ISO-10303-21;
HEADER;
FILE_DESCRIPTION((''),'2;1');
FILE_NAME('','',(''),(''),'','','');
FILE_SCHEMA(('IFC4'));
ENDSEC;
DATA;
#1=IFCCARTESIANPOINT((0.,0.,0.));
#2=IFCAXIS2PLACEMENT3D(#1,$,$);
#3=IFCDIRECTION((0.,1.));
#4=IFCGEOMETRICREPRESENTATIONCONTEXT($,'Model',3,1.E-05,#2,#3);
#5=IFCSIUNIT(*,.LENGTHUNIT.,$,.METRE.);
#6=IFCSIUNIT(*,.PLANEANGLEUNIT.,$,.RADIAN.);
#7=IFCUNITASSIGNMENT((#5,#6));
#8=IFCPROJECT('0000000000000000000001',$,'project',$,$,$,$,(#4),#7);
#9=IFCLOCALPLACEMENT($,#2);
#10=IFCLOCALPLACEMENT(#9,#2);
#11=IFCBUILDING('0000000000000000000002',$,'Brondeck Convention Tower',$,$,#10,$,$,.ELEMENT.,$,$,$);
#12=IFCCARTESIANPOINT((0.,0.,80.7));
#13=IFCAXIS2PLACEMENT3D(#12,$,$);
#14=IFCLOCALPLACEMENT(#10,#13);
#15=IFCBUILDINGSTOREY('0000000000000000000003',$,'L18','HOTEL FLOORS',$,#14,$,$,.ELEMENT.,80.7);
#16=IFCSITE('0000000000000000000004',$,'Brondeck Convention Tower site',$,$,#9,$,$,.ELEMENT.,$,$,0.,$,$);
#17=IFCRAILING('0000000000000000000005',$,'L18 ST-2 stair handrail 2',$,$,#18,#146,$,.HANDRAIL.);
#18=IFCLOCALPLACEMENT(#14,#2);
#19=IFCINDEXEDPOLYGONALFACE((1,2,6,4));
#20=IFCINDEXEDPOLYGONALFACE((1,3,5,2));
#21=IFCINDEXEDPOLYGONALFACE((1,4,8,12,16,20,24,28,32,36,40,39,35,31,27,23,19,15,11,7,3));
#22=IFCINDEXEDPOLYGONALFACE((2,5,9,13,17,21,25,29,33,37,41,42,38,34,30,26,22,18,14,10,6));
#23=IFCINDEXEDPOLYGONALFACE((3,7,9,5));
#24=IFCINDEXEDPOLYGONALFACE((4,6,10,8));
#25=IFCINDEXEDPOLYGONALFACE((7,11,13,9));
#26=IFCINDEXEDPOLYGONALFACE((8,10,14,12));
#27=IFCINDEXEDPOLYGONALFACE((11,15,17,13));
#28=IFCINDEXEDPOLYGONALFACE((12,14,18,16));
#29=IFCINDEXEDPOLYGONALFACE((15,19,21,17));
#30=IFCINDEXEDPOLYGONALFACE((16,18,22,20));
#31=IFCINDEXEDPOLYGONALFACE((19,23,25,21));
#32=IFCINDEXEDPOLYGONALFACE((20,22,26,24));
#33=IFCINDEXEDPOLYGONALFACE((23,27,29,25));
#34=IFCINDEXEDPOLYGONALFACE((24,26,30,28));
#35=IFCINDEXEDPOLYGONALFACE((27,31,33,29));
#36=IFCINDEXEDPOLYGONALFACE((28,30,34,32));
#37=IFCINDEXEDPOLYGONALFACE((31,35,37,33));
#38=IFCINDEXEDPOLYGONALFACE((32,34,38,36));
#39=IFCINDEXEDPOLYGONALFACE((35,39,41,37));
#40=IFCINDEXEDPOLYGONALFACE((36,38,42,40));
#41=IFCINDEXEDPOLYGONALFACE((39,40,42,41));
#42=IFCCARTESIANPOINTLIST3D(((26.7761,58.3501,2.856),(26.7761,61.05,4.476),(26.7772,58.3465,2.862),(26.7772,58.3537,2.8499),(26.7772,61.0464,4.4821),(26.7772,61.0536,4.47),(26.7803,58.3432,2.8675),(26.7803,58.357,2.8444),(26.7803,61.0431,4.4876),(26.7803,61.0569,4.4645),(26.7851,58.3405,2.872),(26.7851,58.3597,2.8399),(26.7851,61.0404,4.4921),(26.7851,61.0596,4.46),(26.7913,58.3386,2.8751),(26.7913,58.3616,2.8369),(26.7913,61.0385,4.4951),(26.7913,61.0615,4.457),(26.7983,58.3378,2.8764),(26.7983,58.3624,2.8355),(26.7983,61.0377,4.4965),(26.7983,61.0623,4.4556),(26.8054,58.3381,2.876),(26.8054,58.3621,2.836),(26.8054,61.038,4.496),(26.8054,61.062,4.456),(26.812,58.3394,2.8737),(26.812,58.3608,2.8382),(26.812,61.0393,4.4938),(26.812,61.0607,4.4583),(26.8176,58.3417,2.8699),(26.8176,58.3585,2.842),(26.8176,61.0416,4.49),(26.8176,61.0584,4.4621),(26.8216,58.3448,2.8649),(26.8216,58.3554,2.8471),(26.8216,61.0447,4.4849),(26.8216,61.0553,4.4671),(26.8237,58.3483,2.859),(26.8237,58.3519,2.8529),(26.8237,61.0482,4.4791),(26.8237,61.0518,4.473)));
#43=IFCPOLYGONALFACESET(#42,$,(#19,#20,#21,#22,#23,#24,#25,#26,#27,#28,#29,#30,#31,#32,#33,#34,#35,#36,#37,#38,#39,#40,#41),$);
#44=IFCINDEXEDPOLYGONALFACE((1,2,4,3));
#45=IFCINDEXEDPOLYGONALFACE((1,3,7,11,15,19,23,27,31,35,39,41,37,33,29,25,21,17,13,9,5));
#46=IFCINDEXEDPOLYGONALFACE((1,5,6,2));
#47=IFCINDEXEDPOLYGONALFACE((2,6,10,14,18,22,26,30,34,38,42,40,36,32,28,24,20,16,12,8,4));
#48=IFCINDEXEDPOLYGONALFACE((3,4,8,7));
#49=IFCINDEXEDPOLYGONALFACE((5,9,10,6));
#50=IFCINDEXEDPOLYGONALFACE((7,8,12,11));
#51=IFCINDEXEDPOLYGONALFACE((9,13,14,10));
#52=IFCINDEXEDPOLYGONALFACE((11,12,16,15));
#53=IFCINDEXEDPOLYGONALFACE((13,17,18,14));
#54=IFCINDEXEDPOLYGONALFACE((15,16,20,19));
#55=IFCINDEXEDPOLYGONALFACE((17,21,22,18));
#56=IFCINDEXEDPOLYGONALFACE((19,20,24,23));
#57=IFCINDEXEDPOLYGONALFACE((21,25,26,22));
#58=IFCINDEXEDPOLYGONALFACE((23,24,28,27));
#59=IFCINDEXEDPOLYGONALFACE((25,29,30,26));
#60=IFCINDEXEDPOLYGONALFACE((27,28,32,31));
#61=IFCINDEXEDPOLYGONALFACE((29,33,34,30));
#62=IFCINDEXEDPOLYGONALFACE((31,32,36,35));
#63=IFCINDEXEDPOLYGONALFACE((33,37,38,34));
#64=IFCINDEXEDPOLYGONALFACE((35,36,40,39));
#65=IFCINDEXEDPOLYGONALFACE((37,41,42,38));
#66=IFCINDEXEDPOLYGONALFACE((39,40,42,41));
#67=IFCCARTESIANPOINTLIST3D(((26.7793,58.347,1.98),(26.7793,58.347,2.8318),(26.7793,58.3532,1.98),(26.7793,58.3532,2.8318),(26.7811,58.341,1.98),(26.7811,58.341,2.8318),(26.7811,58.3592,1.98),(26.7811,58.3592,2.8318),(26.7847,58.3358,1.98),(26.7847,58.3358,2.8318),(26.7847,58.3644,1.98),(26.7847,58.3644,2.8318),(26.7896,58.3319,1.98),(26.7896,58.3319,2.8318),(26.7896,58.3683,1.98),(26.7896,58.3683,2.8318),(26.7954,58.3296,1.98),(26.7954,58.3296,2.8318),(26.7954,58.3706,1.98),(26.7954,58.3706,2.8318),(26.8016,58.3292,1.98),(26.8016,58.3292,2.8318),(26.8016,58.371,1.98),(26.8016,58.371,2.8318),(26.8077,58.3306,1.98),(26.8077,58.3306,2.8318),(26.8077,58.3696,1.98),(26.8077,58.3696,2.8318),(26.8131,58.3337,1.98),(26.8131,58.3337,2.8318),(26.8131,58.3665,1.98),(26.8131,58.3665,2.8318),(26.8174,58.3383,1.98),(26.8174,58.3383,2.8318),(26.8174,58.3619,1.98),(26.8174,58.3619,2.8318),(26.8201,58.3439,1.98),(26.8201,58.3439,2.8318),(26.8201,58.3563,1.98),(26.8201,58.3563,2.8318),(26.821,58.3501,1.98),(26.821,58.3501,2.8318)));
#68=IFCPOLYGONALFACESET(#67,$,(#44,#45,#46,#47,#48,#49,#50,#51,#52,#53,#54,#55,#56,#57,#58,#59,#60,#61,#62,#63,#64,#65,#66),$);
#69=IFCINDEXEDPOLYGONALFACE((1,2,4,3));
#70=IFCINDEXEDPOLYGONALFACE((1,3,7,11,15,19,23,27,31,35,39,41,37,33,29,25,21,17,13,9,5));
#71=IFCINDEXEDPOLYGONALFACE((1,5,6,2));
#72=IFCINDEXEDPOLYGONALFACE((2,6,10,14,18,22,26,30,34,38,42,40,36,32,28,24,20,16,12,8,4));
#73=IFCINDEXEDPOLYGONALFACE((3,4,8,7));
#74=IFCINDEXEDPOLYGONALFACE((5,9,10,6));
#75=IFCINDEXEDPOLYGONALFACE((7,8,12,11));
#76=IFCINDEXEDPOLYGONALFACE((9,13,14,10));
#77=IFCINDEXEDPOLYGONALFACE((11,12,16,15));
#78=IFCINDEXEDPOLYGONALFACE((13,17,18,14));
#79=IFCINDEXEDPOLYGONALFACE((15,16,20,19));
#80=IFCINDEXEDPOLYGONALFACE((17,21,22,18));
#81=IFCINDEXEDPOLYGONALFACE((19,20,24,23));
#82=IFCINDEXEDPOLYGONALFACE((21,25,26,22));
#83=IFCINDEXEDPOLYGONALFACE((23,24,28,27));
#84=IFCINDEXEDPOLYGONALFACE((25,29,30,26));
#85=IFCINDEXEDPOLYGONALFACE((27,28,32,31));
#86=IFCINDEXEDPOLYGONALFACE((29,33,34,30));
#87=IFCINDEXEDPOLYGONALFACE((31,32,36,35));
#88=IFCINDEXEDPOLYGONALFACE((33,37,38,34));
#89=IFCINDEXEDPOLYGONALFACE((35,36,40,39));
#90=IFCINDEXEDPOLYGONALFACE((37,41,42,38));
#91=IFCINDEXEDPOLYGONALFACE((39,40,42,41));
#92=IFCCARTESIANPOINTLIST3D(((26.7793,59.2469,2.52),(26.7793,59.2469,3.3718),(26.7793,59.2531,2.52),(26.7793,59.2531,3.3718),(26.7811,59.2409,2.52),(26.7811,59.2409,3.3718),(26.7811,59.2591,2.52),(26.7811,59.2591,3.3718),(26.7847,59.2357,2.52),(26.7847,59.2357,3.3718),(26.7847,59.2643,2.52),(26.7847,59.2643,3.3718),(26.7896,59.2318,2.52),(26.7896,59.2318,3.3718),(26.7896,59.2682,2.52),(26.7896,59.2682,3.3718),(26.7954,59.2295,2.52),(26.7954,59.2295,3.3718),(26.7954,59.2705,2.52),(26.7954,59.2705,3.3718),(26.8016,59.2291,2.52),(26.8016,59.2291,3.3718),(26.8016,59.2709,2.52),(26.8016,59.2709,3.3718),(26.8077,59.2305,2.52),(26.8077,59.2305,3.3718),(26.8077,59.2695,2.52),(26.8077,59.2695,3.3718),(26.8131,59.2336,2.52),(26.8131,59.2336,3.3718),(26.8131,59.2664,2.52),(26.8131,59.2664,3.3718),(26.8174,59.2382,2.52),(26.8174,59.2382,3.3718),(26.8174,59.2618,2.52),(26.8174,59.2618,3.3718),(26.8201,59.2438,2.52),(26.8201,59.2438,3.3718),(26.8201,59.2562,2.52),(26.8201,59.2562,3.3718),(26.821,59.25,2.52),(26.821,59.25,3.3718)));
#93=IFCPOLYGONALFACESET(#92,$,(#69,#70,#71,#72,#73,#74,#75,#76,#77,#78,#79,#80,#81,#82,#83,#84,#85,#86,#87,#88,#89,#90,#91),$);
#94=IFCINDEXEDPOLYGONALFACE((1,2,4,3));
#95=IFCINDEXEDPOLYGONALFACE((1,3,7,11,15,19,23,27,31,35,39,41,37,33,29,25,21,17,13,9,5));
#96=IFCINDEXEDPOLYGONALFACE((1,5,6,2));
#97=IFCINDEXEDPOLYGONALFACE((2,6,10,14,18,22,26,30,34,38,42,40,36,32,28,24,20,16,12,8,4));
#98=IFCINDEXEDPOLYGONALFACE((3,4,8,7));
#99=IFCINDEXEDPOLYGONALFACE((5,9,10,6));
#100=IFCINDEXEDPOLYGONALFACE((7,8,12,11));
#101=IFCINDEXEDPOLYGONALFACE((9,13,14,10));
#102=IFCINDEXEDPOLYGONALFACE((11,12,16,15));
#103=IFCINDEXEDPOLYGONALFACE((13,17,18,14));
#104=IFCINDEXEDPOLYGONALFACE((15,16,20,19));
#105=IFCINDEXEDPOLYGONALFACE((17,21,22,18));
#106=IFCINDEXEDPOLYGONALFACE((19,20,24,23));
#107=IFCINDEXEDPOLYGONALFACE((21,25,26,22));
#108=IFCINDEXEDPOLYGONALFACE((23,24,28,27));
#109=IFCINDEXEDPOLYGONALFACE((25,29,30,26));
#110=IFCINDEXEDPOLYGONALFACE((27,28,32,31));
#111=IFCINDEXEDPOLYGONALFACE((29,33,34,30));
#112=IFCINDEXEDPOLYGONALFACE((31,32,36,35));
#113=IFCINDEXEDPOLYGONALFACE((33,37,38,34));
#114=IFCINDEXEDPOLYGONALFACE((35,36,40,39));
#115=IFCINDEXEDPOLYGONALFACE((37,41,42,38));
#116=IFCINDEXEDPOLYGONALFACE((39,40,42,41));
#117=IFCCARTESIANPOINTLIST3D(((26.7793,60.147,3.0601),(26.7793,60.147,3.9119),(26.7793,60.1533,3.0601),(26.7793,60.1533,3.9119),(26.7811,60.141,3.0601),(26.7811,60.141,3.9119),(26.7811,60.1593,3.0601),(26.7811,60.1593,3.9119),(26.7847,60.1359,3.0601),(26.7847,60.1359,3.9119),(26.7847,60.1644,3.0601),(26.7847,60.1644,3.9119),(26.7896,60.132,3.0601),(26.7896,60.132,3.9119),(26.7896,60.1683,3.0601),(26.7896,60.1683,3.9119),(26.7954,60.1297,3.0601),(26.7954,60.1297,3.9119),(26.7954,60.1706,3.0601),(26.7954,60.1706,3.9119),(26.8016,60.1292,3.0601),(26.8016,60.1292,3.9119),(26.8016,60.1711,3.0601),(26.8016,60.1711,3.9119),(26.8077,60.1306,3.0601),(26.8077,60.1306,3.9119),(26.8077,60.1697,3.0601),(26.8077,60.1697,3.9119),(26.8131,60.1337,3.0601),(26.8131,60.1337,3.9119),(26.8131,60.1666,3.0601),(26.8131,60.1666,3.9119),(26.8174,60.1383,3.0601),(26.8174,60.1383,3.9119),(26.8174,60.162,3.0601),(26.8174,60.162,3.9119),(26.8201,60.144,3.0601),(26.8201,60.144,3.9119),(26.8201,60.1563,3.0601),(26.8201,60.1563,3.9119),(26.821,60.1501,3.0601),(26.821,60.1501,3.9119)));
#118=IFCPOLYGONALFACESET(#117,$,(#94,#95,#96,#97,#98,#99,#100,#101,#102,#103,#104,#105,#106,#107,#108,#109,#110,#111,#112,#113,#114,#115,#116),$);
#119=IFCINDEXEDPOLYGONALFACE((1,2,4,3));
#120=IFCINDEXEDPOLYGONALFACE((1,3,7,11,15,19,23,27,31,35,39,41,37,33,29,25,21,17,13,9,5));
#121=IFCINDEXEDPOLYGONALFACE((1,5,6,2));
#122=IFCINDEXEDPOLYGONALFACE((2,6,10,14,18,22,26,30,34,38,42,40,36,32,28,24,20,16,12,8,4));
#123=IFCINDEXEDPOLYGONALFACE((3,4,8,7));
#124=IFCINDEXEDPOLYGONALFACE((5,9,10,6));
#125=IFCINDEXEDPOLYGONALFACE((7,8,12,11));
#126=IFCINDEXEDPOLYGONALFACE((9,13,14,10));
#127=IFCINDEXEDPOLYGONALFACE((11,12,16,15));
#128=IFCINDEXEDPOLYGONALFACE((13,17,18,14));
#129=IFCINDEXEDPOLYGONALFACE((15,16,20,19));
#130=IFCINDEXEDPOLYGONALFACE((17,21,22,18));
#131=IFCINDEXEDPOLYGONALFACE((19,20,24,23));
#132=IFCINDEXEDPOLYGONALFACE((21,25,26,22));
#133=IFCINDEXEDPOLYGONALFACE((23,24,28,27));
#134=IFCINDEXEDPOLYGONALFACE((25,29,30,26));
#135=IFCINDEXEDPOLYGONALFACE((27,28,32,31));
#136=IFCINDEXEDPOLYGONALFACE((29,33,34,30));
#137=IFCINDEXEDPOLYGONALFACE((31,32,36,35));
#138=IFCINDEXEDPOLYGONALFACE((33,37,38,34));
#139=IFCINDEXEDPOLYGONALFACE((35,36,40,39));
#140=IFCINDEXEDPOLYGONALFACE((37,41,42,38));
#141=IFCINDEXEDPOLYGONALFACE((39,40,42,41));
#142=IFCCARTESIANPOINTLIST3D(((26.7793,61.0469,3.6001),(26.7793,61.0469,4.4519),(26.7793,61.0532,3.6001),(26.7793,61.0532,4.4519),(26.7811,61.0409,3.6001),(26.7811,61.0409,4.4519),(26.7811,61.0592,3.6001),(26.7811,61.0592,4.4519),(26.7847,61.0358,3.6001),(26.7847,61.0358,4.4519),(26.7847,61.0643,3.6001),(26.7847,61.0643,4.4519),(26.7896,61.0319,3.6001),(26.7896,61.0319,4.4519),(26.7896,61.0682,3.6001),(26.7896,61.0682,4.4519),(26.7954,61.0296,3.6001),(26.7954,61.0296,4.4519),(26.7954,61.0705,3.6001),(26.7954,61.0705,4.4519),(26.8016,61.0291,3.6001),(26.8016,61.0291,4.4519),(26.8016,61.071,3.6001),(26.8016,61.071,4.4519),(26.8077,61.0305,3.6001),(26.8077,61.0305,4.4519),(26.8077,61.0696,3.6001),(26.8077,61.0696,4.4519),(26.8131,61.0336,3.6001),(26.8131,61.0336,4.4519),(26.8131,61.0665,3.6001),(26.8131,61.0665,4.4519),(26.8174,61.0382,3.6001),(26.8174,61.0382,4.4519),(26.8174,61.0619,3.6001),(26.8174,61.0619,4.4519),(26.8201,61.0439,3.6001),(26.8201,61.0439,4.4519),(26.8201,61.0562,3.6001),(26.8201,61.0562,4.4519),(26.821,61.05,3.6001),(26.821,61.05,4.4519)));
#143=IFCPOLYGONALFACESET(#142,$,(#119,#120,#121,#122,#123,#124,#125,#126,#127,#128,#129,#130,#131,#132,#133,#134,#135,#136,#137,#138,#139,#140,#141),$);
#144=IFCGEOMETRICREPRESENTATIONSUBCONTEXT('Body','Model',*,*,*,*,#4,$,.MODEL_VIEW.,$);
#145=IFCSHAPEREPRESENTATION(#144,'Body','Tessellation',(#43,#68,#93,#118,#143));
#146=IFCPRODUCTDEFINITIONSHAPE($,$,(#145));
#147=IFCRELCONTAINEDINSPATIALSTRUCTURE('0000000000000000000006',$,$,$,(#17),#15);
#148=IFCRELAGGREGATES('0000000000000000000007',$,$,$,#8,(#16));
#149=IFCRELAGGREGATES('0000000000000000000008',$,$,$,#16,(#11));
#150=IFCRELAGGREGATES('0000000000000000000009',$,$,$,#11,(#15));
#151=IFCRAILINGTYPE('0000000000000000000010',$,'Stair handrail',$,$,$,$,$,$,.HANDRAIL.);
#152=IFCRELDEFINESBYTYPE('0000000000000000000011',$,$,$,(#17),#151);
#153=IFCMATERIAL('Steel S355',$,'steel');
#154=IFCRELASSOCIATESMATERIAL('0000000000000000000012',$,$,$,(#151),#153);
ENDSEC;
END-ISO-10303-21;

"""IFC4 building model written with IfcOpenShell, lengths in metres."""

from ifc_helpers import new_model, si_unit, direction, frame, origin, origin_2d, place, context, subcontext, project, spatial, circle, extrude, material, type_object, element, save


model = new_model("IFC4")

# Units and contexts
model_context = context("Model", 3, precision=1e-05, world=origin(), true_north=direction((0.0, 1.0)))
body_context = subcontext(model_context, "Body", "Model", "MODEL_VIEW")
ifc_project = project(units=[si_unit("LENGTHUNIT", "METRE"), si_unit("PLANEANGLEUNIT", "RADIAN")], contexts=[model_context])

# Site, building, storey
site_placement = place(None, origin())
site = spatial("IfcSite", under=ifc_project, at=site_placement, Name="Brondeck Convention Tower site", CompositionType="ELEMENT", RefElevation=0.0)
building_placement = place(site_placement, origin())
building = spatial("IfcBuilding", under=site, at=building_placement, Name="Brondeck Convention Tower", CompositionType="ELEMENT")
storey_placement = place(building_placement, frame((0.0, 0.0, 80.7)))
storey = spatial("IfcBuildingStorey", under=building, at=storey_placement, Name="L18", Description="HOTEL FLOORS", CompositionType="ELEMENT", Elevation=80.7)

# Railing
ifc_material_1 = material(Name="Steel S355", Category="steel")
railing_type_1 = type_object("IfcRailingType", Name="Stair handrail", PredefinedType="HANDRAIL", material=ifc_material_1)
railing_1_placement = place(storey_placement, frame((26.8, 58.3501, 1.98)))
element("IfcRailing", 1, at=railing_1_placement, inside=storey, type_object=railing_type_1, Name="L18 ST-2 stair handrail 2", PredefinedType="HANDRAIL", context=body_context, shape_type="SweptSolid", body=[
    extrude(circle(Radius=0.0239, at=origin_2d()), frame((0.0, 0.0, 0.876), z_axis=(0.0, 0.857472, 0.51453), x_axis=(-1.0, 0.0, 0.0)), (0.0, 0.0, 1.0), 3.1487),
    extrude(circle(Radius=0.021, at=origin_2d()), origin(), (0.0, 0.0, 1.0), 0.8518),
    extrude(circle(Radius=0.021, at=origin_2d()), frame((0.0, 0.8999, 0.54)), (0.0, 0.0, 1.0), 0.8518),
    extrude(circle(Radius=0.021, at=origin_2d()), frame((0.0, 1.8, 1.0801)), (0.0, 0.0, 1.0), 0.8518),
    extrude(circle(Radius=0.021, at=origin_2d()), frame((0.0, 2.7, 1.6201)), (0.0, 0.0, 1.0), 0.8518),
])

save(model, "model.ifc")
